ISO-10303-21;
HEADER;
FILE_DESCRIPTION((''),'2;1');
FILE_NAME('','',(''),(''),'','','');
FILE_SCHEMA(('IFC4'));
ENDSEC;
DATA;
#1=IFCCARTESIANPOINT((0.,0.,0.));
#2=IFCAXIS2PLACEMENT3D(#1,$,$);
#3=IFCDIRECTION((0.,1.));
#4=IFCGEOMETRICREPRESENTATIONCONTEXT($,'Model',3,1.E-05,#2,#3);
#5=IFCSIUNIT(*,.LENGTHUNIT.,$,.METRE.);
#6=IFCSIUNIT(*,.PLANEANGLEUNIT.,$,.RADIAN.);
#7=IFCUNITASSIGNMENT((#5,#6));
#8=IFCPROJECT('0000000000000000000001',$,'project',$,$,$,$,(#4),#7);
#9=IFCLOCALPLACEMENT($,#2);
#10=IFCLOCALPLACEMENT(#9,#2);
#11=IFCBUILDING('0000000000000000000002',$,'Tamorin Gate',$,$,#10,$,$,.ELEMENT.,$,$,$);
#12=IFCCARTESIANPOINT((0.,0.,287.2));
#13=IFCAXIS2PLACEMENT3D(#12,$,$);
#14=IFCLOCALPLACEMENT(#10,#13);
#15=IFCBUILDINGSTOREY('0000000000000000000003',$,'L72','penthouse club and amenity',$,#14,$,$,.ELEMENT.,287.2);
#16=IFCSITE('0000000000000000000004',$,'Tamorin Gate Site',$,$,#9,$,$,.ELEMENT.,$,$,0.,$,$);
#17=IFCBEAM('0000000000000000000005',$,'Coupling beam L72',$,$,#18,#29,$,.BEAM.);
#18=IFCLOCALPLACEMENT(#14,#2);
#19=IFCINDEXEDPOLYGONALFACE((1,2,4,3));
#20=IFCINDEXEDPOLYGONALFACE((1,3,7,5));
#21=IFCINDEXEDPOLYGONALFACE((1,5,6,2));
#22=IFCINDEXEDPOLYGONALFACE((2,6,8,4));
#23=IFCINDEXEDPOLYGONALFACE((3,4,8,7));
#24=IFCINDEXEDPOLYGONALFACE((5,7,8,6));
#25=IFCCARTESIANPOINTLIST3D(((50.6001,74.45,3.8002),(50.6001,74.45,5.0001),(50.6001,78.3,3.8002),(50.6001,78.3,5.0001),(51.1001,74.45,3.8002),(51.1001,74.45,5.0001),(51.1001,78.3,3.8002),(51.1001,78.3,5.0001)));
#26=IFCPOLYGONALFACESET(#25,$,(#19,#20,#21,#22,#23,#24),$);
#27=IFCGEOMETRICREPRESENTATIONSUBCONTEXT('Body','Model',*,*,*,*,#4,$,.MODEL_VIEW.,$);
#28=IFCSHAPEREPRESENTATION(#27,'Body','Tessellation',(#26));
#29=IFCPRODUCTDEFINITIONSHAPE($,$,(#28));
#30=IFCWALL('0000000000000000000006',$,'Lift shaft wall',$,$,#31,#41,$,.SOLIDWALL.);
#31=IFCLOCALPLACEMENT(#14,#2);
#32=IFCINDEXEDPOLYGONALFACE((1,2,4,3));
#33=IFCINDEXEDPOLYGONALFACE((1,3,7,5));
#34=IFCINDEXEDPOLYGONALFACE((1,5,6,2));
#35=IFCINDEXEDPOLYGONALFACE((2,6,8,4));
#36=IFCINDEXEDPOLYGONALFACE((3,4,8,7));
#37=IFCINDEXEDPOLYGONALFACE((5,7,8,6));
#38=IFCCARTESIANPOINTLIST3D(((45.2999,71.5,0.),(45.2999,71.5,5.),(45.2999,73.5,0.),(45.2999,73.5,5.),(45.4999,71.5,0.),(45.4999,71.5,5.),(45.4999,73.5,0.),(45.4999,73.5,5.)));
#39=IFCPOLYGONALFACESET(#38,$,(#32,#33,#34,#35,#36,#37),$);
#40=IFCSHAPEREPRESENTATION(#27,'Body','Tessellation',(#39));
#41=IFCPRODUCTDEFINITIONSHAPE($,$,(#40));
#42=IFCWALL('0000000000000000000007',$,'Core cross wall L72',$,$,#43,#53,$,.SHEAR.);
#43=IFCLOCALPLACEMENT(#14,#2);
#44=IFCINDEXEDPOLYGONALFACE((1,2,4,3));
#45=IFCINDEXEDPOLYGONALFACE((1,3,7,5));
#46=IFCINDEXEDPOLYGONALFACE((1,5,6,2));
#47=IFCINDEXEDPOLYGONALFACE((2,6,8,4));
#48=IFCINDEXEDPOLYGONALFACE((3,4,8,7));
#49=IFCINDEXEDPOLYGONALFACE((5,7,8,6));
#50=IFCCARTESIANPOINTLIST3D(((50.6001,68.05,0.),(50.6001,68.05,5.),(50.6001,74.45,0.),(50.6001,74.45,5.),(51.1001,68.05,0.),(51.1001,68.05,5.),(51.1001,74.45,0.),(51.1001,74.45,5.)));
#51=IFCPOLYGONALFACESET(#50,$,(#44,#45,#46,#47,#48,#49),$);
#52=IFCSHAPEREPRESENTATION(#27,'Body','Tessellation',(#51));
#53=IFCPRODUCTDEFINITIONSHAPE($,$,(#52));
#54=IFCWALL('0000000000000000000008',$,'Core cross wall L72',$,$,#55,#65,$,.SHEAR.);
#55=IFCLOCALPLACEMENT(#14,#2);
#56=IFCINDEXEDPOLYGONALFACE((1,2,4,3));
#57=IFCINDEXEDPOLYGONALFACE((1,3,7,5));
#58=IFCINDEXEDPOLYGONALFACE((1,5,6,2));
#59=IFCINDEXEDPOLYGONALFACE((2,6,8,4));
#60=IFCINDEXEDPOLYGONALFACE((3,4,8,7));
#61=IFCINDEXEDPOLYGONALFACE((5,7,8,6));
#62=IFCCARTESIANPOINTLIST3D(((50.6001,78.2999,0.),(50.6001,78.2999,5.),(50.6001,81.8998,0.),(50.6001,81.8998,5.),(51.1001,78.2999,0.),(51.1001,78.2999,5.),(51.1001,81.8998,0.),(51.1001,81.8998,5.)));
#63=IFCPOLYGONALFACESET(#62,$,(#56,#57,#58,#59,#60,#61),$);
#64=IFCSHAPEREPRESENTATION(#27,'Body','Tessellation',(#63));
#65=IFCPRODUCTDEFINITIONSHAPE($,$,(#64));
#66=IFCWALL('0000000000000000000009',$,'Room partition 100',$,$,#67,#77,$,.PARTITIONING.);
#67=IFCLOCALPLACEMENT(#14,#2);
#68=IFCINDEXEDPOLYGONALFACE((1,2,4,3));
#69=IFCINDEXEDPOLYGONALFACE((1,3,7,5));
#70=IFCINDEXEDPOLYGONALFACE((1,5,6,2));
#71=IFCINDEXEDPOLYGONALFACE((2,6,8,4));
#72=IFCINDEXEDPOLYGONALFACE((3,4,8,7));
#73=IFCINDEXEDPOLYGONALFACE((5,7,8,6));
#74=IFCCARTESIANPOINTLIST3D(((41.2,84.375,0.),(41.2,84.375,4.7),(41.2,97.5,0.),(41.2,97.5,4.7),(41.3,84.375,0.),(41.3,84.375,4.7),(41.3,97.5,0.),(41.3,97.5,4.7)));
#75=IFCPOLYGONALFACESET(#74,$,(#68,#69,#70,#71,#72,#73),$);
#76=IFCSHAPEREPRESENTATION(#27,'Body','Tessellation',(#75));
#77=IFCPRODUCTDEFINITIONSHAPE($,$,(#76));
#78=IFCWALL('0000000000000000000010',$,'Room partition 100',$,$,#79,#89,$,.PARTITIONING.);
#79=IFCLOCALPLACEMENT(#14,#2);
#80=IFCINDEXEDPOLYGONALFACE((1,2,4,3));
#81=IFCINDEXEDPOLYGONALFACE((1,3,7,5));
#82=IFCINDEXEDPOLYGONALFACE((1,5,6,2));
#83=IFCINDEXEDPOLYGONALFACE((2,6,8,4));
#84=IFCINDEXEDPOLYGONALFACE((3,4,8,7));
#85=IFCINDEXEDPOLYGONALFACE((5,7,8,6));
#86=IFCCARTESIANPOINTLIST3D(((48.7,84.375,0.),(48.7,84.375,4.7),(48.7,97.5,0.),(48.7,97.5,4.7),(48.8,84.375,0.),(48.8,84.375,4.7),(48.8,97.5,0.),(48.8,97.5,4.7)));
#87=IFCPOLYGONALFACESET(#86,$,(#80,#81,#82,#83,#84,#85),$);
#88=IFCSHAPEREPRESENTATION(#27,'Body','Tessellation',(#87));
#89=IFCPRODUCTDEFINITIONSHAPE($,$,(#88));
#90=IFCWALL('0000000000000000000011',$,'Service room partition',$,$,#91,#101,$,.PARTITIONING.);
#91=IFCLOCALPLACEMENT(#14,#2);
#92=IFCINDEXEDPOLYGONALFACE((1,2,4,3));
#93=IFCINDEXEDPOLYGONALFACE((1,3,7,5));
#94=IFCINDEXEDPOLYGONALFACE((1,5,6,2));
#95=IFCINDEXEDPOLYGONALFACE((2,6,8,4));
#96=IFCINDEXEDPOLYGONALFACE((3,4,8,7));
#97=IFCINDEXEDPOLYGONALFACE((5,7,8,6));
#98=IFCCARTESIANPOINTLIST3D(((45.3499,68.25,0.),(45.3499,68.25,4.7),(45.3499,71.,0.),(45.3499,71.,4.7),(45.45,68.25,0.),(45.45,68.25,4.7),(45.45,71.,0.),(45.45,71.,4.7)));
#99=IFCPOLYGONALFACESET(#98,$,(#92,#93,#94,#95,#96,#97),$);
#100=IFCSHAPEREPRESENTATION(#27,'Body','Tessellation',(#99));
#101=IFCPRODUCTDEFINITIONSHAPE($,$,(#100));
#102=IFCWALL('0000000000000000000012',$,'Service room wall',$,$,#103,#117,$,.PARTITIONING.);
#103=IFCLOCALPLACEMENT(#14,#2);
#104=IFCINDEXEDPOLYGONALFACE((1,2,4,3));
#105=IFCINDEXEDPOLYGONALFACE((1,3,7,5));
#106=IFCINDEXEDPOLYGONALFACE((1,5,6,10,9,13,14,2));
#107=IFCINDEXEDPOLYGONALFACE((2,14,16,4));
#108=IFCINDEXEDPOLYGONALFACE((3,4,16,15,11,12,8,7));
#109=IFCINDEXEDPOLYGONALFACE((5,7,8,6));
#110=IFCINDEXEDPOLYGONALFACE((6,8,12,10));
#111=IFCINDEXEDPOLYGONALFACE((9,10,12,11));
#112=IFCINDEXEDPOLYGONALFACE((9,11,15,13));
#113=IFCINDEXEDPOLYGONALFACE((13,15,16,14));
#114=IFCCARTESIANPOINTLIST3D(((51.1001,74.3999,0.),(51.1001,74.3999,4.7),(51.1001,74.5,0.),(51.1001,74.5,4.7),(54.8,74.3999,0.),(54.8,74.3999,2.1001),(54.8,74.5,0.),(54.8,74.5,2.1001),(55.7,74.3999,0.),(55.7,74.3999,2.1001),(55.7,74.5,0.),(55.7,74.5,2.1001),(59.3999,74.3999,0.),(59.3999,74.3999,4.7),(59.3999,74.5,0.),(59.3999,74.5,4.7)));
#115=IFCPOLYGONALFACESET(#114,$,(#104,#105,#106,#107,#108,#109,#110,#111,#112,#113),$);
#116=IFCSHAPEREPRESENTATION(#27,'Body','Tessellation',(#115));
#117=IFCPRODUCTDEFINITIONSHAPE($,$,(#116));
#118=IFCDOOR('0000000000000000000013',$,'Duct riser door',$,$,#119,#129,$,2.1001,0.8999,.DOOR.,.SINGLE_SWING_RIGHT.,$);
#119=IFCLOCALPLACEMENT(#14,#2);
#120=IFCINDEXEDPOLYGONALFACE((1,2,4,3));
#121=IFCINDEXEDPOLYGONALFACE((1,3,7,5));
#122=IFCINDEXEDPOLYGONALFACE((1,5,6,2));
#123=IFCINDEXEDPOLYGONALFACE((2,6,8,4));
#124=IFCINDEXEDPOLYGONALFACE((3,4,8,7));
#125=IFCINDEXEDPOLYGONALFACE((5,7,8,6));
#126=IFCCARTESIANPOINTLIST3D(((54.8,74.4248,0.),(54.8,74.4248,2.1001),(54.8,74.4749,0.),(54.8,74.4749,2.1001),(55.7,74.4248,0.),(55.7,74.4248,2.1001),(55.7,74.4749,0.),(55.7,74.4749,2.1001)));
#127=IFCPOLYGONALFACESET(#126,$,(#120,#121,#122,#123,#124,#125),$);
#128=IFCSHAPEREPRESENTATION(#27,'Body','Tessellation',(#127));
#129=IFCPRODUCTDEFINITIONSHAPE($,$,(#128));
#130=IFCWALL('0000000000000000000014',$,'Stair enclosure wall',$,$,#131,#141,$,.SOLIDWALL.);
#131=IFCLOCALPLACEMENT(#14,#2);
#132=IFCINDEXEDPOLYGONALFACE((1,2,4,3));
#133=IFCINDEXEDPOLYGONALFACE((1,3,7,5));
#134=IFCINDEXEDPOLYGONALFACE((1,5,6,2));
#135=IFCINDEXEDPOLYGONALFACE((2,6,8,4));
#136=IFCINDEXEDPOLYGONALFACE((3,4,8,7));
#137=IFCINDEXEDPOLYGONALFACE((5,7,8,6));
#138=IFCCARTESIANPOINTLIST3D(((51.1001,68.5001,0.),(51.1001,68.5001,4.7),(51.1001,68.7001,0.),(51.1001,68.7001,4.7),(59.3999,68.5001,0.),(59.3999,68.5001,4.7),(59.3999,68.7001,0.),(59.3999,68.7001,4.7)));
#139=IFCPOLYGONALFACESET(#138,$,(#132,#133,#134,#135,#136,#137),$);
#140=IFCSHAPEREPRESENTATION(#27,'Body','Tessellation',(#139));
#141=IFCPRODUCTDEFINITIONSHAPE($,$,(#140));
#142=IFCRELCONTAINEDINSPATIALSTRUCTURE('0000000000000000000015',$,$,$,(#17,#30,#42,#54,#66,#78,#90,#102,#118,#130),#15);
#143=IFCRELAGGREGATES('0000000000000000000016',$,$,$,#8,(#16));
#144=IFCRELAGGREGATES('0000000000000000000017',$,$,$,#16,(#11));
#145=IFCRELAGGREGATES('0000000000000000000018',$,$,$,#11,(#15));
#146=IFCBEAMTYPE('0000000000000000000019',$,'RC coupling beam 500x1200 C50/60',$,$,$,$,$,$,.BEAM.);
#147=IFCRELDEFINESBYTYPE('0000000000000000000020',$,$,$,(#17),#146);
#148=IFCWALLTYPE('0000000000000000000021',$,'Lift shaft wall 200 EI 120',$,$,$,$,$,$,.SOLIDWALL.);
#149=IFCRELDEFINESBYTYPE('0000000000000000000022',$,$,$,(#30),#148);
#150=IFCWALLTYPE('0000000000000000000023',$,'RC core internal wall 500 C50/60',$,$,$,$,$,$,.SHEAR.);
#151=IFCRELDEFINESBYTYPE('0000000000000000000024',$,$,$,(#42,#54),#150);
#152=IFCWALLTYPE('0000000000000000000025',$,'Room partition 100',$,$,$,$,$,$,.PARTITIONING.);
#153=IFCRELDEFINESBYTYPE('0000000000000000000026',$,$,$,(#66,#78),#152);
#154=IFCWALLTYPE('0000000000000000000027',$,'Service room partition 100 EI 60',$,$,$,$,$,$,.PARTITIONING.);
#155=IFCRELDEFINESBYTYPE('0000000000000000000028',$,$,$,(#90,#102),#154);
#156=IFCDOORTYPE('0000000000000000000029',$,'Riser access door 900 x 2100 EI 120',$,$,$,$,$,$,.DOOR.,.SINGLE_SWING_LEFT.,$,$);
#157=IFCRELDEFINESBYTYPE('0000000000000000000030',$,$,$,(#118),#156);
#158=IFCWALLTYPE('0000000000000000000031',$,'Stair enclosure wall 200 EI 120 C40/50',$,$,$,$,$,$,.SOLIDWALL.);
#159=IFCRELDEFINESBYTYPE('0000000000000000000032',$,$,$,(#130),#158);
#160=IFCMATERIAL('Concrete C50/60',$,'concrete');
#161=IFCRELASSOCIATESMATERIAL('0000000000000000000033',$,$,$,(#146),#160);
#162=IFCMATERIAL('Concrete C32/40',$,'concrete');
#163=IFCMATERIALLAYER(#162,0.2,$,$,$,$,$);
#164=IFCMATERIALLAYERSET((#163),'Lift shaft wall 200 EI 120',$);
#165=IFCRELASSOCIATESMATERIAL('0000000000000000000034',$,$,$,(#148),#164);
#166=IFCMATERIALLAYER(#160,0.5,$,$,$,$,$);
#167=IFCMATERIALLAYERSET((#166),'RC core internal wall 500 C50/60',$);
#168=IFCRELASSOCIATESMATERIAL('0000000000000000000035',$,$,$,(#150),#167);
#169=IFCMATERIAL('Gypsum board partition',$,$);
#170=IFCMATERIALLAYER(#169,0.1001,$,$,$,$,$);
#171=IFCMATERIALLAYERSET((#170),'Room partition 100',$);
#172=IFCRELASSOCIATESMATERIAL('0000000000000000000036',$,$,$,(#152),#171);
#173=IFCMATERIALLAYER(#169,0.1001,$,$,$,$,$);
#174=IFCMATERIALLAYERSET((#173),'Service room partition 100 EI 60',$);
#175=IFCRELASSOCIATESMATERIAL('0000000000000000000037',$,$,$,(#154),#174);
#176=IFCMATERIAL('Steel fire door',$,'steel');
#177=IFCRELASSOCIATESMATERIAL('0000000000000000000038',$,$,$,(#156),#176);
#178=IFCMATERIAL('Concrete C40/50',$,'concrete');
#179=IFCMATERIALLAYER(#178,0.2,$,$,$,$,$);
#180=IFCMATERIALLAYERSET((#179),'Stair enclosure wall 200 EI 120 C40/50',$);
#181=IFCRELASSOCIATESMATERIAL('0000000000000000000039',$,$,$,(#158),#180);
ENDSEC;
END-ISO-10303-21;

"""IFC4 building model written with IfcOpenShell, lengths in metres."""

from ifc_helpers import new_model, si_unit, direction, frame, frame_2d, origin, origin_2d, place, context, subcontext, project, spatial, rectangle, extrude, material, layer, layer_set, material_profile, profile_set, type_object, element, fill, save


model = new_model("IFC4")

# Units and contexts
model_context = context("Model", 3, precision=1e-05, world=origin(), true_north=direction((0.0, 1.0)))
body_context = subcontext(model_context, "Body", "Model", "MODEL_VIEW")
ifc_project = project(units=[si_unit("LENGTHUNIT", "METRE"), si_unit("PLANEANGLEUNIT", "RADIAN")], contexts=[model_context])

# Site, building, storey
site_placement = place(None, origin())
site = spatial("IfcSite", under=ifc_project, at=site_placement, Name="Tamorin Gate Site", CompositionType="ELEMENT", RefElevation=0.0)
building_placement = place(site_placement, origin())
building = spatial("IfcBuilding", under=site, at=building_placement, Name="Tamorin Gate", CompositionType="ELEMENT")
storey_placement = place(building_placement, frame((0.0, 0.0, 287.2)))
storey = spatial("IfcBuildingStorey", under=building, at=storey_placement, Name="L72", Description="penthouse club and amenity", CompositionType="ELEMENT", Elevation=287.2)

# Beam
ifc_material_1 = material(Name="Concrete C50/60", Category="concrete")
ifc_material_profile = material_profile(ifc_material_1, rectangle(XDim=0.5, YDim=1.2, at=origin_2d()), Name="RC 500x1200")
ifc_profile_set = profile_set([ifc_material_profile], Name="Concrete C50/60")
beam_type = type_object("IfcBeamType", Name="RC coupling beam 500x1200 C50/60", PredefinedType="BEAM", material=ifc_profile_set)
beam_placement = place(storey_placement, frame((50.8501, 74.45, 4.4001), z_axis=(0.0, 1.0, 0.0), x_axis=(-1.0, 0.0, 0.0)))
element("IfcBeam", 1, at=beam_placement, inside=storey, type_object=beam_type, Name="Coupling beam L72", PredefinedType="BEAM", context=body_context, shape_type="SweptSolid", body=[
    extrude(rectangle(XDim=0.5, YDim=1.2, at=origin_2d()), origin(), (0.0, 0.0, 1.0), 3.8501),
])

# Walls
ifc_material_2 = material(Name="Concrete C32/40", Category="concrete")
ifc_layer_1 = layer(ifc_material_2, 0.2)
ifc_layer_set_1 = layer_set([ifc_layer_1], Name="Lift shaft wall 200 EI 120")
wall_type_1 = type_object("IfcWallType", Name="Lift shaft wall 200 EI 120", PredefinedType="SOLIDWALL", material=ifc_layer_set_1)
wall_1_placement = place(storey_placement, frame((45.3999, 71.5, 0.0), z_axis=(0.0, 0.0, 1.0), x_axis=(0.0, 1.0, 0.0)))
element("IfcWall", 2, at=wall_1_placement, inside=storey, type_object=wall_type_1, Name="Lift shaft wall", PredefinedType="SOLIDWALL", context=body_context, shape_type="SweptSolid", body=[
    extrude(rectangle(XDim=2.0, YDim=0.2, at=frame_2d((1.0, 0.0))), origin(), (0.0, 0.0, 1.0), 5.0),
])
ifc_layer_2 = layer(ifc_material_1, 0.5)
ifc_layer_set_2 = layer_set([ifc_layer_2], Name="RC core internal wall 500 C50/60")
wall_type_2 = type_object("IfcWallType", Name="RC core internal wall 500 C50/60", PredefinedType="SHEAR", material=ifc_layer_set_2)
wall_2_placement = place(storey_placement, frame((50.8501, 68.05, 0.0), z_axis=(0.0, 0.0, 1.0), x_axis=(0.0, 1.0, 0.0)))
element("IfcWall", 3, at=wall_2_placement, inside=storey, type_object=wall_type_2, Name="Core cross wall L72", PredefinedType="SHEAR", context=body_context, shape_type="SweptSolid", body=[
    extrude(rectangle(XDim=6.3999, YDim=0.5, at=frame_2d((3.2, 0.0))), origin(), (0.0, 0.0, 1.0), 5.0),
])
wall_3_placement = place(storey_placement, frame((50.8501, 78.3, 0.0), z_axis=(0.0, 0.0, 1.0), x_axis=(0.0, 1.0, 0.0)))
element("IfcWall", 4, at=wall_3_placement, inside=storey, type_object=wall_type_2, Name="Core cross wall L72", PredefinedType="SHEAR", context=body_context, shape_type="SweptSolid", body=[
    extrude(rectangle(XDim=3.5999, YDim=0.5, at=frame_2d((1.7998, 0.0))), origin(), (0.0, 0.0, 1.0), 5.0),
])
ifc_material_3 = material(Name="Gypsum board partition")
ifc_layer_3 = layer(ifc_material_3, 0.1001)
ifc_layer_set_3 = layer_set([ifc_layer_3], Name="Room partition 100")
wall_type_3 = type_object("IfcWallType", Name="Room partition 100", PredefinedType="PARTITIONING", material=ifc_layer_set_3)
for number, where, z_axis, x_axis, name in (
    (5, (41.25, 84.375, 0.0), (0.0, 0.0, 1.0), (0.0, 1.0, 0.0), "Room partition 100"),
    (6, (48.75, 84.375, 0.0), (0.0, 0.0, 1.0), (0.0, 1.0, 0.0), "Room partition 100"),
):
    element("IfcWall", number, at=place(storey_placement, frame(where, z_axis=z_axis, x_axis=x_axis)), inside=storey, type_object=wall_type_3, Name=name, PredefinedType="PARTITIONING", context=body_context, shape_type="SweptSolid", body=[
        extrude(rectangle(XDim=13.125, YDim=0.1001, at=frame_2d((6.5625, 0.0))), origin(), (0.0, 0.0, 1.0), 4.7),
    ])
ifc_layer_4 = layer(ifc_material_3, 0.1001)
ifc_layer_set_4 = layer_set([ifc_layer_4], Name="Service room partition 100 EI 60")
wall_type_4 = type_object("IfcWallType", Name="Service room partition 100 EI 60", PredefinedType="PARTITIONING", material=ifc_layer_set_4)
wall_4_placement = place(storey_placement, frame((45.3999, 68.25, 0.0), z_axis=(0.0, 0.0, 1.0), x_axis=(0.0, 1.0, 0.0)))
element("IfcWall", 7, at=wall_4_placement, inside=storey, type_object=wall_type_4, Name="Service room partition", PredefinedType="PARTITIONING", context=body_context, shape_type="SweptSolid", body=[
    extrude(rectangle(XDim=2.75, YDim=0.1001, at=frame_2d((1.375, 0.0))), origin(), (0.0, 0.0, 1.0), 4.7),
])

# Wall, opening, door
wall_5_placement = place(storey_placement, frame((51.1001, 74.45, 0.0), z_axis=(0.0, 0.0, 1.0), x_axis=(1.0, 0.0, 0.0)))
wall_5 = element("IfcWall", 8, at=wall_5_placement, inside=storey, type_object=wall_type_4, Name="Service room wall", PredefinedType="PARTITIONING", context=body_context, shape_type="SweptSolid", body=[
    extrude(rectangle(XDim=8.2998, YDim=0.1001, at=frame_2d((4.1499, 0.0))), origin(), (0.0, 0.0, 1.0), 4.7),
])
opening_placement = place(wall_5_placement, frame((3.7, 0.0, 0.0)))
opening = element("IfcOpeningElement", 9, at=opening_placement, cuts=wall_5, PredefinedType="OPENING", context=body_context, shape_type="SweptSolid", body=[
    extrude(rectangle(XDim=0.8999, YDim=2.1001, at=frame_2d((0.45, 1.05))), frame((0.0, 0.0601, 0.0), z_axis=(0.0, -1.0, 0.0), x_axis=(1.0, 0.0, 0.0)), (0.0, 0.0, 1.0), 0.1201),
])
ifc_material_4 = material(Name="Steel fire door", Category="steel")
door_type = type_object("IfcDoorType", Name="Riser access door 900 x 2100 EI 120", OperationType="SINGLE_SWING_LEFT", PredefinedType="DOOR", material=ifc_material_4)
door_placement = place(opening_placement, origin())
door = element("IfcDoor", 10, at=door_placement, inside=storey, type_object=door_type, Name="Duct riser door", OperationType="SINGLE_SWING_RIGHT", OverallHeight=2.1001, OverallWidth=0.8999, PredefinedType="DOOR", context=body_context, shape_type="SweptSolid", body=[
    extrude(rectangle(XDim=0.8999, YDim=2.1001, at=frame_2d((0.45, 1.05))), frame((0.0, 0.0249, 0.0), z_axis=(0.0, -1.0, 0.0), x_axis=(1.0, 0.0, 0.0)), (0.0, 0.0, 1.0), 0.05),
])
fill(opening, door)

# Wall
ifc_material_5 = material(Name="Concrete C40/50", Category="concrete")
ifc_layer_5 = layer(ifc_material_5, 0.2)
ifc_layer_set_5 = layer_set([ifc_layer_5], Name="Stair enclosure wall 200 EI 120 C40/50")
wall_type_5 = type_object("IfcWallType", Name="Stair enclosure wall 200 EI 120 C40/50", PredefinedType="SOLIDWALL", material=ifc_layer_set_5)
wall_6_placement = place(storey_placement, frame((51.1001, 68.6001, 0.0), z_axis=(0.0, 0.0, 1.0), x_axis=(1.0, 0.0, 0.0)))
element("IfcWall", 11, at=wall_6_placement, inside=storey, type_object=wall_type_5, Name="Stair enclosure wall", PredefinedType="SOLIDWALL", context=body_context, shape_type="SweptSolid", body=[
    extrude(rectangle(XDim=8.2998, YDim=0.2, at=frame_2d((4.1499, 0.0))), origin(), (0.0, 0.0, 1.0), 4.7),
])

save(model, "model.ifc")
